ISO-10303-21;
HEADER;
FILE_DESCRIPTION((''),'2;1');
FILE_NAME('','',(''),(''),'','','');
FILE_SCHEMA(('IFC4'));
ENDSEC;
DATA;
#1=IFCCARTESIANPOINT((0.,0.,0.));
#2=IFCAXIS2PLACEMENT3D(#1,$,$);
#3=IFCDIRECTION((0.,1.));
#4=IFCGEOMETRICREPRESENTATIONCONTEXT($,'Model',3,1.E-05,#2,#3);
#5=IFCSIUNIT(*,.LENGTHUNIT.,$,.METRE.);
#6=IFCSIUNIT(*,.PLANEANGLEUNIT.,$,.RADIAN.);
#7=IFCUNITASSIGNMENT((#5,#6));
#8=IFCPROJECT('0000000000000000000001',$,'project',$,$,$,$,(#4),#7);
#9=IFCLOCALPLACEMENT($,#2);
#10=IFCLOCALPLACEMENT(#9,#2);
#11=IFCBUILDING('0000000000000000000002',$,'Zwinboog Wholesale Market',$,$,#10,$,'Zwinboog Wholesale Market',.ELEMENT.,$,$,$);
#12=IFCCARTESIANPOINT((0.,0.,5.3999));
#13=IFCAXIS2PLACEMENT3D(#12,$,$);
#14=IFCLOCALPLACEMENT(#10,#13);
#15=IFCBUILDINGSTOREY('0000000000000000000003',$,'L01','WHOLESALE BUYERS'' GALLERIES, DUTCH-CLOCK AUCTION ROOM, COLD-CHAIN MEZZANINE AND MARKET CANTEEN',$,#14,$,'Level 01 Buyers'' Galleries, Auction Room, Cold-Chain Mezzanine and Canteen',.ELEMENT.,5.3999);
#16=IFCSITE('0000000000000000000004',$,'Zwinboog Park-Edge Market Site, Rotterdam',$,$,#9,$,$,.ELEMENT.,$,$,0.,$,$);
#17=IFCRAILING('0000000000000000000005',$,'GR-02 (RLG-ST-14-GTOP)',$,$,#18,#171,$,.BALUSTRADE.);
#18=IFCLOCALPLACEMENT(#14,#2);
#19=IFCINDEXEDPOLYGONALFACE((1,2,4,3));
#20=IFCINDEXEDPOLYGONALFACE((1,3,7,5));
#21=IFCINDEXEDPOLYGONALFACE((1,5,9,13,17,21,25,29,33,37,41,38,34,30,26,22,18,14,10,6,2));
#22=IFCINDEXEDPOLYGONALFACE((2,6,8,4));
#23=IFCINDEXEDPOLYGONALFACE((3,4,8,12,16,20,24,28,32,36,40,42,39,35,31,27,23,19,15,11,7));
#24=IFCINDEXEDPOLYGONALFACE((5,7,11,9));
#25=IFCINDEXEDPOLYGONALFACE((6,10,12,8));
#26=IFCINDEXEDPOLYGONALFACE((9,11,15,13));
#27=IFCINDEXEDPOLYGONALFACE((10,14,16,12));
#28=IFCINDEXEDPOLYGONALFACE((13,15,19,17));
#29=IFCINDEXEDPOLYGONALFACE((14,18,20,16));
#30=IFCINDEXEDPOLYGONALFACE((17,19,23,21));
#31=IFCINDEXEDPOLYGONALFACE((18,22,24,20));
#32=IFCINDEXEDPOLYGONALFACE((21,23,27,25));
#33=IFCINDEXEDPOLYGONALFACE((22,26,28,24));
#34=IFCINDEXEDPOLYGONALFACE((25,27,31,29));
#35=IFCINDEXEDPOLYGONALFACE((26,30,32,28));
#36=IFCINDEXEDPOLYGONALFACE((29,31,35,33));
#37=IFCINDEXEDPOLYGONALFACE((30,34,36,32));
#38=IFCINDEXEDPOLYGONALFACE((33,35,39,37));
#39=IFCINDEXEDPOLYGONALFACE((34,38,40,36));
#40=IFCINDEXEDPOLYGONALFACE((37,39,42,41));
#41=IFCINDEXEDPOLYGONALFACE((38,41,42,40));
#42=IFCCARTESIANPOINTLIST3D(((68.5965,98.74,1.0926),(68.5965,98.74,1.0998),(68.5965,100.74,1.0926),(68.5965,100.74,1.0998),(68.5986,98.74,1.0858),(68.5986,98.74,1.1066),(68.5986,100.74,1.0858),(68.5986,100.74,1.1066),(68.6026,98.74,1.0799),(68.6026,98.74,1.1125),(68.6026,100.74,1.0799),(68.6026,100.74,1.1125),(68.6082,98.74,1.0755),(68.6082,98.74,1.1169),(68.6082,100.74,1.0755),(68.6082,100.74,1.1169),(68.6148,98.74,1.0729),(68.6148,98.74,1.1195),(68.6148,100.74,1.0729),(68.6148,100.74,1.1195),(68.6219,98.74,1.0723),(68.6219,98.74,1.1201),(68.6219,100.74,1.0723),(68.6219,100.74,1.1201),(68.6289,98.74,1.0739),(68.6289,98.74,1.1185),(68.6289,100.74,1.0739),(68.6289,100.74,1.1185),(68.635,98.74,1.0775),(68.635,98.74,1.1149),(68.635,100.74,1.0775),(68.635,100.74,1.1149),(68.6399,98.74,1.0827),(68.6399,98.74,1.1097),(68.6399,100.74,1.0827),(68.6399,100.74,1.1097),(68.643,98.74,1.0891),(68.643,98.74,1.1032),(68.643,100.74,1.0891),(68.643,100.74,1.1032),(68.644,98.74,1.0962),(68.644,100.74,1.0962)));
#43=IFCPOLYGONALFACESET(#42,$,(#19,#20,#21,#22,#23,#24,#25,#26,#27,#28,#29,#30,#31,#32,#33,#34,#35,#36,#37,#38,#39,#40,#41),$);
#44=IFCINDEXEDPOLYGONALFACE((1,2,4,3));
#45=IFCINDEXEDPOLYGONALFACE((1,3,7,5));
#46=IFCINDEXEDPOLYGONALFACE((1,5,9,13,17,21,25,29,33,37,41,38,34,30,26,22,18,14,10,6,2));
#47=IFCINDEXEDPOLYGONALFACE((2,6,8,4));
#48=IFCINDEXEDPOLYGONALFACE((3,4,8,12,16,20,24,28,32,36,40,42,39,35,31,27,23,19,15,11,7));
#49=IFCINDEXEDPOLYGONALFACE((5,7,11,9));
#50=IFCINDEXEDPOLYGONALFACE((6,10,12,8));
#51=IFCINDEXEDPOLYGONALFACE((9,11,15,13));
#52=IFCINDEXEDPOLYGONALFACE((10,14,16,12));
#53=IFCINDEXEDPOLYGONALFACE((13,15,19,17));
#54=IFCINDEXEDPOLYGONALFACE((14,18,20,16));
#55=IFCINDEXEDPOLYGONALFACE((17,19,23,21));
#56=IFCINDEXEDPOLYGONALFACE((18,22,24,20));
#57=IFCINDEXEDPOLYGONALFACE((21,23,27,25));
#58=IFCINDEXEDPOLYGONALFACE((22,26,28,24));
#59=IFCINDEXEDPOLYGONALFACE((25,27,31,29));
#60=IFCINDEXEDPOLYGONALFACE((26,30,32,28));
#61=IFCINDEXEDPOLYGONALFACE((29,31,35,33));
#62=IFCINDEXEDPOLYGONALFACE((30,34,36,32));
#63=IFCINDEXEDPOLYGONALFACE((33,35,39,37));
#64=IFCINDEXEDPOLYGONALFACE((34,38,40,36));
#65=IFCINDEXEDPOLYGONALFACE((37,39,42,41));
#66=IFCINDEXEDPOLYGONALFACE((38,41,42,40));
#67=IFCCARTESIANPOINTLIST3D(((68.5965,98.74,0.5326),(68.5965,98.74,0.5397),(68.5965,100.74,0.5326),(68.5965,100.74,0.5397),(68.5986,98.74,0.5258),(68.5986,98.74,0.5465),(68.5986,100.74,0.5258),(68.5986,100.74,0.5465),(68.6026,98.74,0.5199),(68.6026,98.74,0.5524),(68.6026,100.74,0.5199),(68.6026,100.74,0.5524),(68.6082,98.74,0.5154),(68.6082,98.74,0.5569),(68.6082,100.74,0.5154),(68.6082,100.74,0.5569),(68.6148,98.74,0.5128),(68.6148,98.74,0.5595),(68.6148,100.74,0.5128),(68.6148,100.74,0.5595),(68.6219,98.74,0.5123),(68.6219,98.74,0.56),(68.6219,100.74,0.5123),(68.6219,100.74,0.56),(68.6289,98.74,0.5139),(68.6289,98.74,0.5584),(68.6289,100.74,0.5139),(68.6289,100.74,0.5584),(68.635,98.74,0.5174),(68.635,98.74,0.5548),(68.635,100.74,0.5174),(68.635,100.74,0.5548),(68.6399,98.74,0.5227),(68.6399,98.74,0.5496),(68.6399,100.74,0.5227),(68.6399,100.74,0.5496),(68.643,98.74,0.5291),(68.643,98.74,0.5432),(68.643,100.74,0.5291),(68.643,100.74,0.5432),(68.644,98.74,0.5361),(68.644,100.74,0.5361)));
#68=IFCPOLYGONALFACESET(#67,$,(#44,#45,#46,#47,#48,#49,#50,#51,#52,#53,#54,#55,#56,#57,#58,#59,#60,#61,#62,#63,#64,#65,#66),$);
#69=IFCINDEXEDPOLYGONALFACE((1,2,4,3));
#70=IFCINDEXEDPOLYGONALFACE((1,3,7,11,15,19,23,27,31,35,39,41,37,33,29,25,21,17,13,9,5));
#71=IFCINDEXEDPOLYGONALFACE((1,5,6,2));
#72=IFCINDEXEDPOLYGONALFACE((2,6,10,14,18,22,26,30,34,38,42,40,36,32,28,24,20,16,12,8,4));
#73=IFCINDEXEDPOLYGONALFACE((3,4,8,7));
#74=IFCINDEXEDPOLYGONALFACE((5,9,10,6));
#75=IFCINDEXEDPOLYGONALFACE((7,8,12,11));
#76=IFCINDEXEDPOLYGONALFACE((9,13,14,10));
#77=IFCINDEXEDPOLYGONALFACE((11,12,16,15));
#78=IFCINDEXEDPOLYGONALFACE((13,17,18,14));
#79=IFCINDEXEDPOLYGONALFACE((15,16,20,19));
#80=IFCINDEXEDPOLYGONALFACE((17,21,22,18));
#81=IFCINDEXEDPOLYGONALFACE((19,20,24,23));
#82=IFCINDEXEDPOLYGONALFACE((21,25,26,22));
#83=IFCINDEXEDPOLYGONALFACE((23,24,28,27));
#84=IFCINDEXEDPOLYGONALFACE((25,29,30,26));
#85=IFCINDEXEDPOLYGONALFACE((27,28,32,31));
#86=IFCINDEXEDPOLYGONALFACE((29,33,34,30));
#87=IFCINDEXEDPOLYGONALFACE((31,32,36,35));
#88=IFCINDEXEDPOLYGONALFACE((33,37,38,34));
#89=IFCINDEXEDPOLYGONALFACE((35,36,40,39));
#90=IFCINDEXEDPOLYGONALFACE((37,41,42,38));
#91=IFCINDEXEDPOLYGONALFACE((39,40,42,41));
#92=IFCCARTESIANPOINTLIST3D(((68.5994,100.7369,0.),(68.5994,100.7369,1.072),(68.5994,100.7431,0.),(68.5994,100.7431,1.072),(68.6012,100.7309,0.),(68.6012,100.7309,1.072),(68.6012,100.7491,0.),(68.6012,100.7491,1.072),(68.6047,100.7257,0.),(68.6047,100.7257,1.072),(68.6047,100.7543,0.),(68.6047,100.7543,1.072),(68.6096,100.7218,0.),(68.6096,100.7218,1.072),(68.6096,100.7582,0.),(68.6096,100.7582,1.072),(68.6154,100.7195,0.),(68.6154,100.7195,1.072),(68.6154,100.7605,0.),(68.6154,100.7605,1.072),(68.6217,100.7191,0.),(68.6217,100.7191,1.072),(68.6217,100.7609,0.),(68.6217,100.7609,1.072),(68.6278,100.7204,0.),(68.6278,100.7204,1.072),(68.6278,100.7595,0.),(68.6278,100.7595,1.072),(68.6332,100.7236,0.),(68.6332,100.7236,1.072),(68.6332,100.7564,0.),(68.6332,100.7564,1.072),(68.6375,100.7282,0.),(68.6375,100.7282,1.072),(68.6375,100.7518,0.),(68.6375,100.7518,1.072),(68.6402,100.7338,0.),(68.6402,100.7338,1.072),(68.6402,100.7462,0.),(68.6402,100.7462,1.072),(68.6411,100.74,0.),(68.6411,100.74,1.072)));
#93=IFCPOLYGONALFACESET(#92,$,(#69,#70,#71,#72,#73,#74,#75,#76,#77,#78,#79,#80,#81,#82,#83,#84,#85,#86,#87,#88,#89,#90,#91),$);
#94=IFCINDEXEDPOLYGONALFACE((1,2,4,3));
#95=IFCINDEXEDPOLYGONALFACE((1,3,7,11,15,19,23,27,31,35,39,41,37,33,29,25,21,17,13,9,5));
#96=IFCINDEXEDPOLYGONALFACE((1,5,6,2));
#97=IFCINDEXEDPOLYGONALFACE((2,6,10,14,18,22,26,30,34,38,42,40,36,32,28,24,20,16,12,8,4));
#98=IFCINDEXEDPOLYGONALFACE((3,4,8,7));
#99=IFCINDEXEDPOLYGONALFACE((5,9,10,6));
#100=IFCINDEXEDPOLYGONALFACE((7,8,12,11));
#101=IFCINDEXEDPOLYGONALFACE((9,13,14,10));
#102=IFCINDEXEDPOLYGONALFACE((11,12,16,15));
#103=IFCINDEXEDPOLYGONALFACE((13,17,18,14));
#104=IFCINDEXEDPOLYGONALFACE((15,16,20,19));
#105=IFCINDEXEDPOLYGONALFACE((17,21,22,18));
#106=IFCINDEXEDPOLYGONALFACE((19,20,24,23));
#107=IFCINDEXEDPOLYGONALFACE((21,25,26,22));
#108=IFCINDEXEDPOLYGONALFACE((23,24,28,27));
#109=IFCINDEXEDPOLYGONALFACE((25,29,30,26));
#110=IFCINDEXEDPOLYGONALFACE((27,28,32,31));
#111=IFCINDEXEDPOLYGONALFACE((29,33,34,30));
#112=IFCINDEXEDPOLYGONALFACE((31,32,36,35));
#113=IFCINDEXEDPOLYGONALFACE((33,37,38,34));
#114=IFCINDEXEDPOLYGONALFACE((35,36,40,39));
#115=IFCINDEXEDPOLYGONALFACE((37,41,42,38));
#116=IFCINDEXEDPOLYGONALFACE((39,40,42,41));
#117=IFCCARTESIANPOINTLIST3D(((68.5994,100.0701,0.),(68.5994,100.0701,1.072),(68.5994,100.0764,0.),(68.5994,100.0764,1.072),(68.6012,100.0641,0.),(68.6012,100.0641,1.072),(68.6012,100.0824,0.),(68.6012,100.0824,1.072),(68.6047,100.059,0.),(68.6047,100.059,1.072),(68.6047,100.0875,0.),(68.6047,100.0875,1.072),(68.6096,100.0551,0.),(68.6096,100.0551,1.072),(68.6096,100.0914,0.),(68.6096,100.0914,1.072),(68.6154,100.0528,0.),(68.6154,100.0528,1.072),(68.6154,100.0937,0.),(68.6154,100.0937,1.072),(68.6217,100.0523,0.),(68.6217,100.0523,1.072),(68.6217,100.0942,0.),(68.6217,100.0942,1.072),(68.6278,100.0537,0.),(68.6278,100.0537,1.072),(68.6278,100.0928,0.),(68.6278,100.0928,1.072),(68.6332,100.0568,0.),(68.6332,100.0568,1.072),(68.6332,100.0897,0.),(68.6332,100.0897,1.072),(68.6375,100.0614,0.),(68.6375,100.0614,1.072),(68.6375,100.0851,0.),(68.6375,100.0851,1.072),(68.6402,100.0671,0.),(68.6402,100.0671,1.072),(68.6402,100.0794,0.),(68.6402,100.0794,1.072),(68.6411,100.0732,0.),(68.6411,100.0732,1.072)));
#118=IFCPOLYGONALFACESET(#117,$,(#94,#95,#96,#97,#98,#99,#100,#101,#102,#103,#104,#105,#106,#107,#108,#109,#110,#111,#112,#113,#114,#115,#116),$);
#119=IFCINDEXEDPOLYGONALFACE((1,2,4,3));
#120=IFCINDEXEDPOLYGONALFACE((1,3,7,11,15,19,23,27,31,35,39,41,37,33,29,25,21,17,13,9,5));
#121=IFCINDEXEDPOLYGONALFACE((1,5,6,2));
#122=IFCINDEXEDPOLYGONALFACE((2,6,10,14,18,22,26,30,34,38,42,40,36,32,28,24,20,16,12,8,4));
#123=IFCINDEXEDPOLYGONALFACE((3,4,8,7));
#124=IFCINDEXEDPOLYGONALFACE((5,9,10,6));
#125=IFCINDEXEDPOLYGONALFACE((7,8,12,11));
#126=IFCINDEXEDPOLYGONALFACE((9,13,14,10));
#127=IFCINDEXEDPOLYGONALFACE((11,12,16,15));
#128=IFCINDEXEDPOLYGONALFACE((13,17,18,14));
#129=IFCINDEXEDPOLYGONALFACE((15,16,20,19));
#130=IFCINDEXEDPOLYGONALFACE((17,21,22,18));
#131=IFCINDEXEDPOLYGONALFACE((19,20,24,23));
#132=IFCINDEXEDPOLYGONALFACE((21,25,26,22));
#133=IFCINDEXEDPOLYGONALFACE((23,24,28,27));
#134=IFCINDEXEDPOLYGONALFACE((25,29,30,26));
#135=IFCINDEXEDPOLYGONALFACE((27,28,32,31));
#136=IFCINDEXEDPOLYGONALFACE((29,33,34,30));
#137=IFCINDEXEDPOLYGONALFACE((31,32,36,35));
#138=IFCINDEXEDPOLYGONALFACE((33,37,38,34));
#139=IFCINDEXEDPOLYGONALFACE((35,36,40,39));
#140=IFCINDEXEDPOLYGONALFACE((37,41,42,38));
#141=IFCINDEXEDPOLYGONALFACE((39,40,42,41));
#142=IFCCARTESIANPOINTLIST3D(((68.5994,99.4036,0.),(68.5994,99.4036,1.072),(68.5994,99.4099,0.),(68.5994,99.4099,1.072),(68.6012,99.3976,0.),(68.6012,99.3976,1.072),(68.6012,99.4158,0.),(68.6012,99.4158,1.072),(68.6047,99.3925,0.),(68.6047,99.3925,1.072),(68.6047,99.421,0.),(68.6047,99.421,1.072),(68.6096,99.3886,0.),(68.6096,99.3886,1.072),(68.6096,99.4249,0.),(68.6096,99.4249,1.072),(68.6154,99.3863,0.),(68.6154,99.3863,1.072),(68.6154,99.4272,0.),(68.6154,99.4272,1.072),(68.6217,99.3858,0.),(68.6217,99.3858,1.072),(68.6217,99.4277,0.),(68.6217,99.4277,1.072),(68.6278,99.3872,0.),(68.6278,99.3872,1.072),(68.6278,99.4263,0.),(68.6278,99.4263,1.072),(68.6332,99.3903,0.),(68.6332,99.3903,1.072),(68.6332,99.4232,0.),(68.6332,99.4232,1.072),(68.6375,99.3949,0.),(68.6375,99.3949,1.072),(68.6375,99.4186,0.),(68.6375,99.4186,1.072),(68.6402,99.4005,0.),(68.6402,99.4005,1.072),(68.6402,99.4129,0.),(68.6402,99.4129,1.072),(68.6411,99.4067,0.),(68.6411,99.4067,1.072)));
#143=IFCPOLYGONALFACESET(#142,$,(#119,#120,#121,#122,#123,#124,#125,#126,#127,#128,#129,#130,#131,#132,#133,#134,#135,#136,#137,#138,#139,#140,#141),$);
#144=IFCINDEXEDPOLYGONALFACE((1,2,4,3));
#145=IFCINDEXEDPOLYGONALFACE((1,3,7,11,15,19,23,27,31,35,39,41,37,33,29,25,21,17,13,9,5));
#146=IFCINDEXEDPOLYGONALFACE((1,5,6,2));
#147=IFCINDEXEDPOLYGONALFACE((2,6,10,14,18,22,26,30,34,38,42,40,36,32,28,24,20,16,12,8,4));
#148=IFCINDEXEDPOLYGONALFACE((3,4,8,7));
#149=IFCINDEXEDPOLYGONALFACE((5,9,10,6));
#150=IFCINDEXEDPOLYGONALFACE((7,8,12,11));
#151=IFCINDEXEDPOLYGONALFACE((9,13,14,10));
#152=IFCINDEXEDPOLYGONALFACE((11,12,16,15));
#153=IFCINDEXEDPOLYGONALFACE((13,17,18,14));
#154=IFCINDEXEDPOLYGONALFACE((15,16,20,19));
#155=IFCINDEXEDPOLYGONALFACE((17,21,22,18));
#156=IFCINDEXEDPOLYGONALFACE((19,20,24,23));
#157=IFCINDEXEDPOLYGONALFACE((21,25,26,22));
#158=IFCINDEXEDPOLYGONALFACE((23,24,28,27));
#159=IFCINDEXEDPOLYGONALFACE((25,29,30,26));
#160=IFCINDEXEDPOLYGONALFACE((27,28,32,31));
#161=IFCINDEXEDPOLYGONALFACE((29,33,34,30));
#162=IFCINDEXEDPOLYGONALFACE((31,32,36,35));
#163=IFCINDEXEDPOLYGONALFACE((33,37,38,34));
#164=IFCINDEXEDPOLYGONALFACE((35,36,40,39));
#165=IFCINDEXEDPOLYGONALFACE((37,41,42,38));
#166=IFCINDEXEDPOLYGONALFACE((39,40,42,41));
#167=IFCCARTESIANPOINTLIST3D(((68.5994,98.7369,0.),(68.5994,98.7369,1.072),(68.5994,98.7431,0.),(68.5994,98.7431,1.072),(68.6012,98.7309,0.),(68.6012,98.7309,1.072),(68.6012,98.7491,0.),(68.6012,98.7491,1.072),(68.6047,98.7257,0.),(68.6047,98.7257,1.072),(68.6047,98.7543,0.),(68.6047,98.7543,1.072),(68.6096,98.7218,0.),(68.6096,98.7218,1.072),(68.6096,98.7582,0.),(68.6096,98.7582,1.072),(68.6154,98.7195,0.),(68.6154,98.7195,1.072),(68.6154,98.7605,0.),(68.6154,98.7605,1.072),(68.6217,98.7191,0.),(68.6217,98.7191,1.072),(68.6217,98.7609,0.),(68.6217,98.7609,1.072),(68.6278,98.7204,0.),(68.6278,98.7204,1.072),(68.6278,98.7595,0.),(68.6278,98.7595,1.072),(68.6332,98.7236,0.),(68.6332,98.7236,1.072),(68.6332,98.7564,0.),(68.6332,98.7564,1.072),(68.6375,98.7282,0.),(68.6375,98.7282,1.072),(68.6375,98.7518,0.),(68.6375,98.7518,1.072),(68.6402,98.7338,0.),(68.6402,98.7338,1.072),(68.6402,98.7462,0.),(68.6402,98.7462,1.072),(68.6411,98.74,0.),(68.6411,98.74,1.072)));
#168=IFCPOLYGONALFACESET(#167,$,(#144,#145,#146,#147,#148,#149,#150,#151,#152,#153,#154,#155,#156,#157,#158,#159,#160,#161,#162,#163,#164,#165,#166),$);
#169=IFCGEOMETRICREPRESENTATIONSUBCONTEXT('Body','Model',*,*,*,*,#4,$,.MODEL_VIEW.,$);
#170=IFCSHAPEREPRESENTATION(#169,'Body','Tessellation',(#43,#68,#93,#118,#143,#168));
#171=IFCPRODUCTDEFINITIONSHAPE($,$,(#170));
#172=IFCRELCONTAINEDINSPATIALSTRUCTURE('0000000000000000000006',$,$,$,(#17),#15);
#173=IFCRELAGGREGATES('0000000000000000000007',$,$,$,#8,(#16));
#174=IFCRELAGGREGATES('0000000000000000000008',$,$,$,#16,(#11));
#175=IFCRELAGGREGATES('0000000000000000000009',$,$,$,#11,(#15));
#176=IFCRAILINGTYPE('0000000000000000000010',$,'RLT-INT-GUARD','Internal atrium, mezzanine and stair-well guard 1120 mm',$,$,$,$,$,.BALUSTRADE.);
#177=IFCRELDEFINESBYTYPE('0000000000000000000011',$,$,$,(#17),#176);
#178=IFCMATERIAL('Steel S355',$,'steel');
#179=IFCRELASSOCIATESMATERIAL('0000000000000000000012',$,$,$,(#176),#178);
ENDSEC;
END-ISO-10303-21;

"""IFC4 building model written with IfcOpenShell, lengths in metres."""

from ifc_helpers import new_model, si_unit, direction, frame, origin, origin_2d, place, context, subcontext, project, spatial, circle, extrude, material, type_object, element, save


model = new_model("IFC4")

# Units and contexts
model_context = context("Model", 3, precision=1e-05, world=origin(), true_north=direction((0.0, 1.0)))
body_context = subcontext(model_context, "Body", "Model", "MODEL_VIEW")
ifc_project = project(units=[si_unit("LENGTHUNIT", "METRE"), si_unit("PLANEANGLEUNIT", "RADIAN")], contexts=[model_context])

# Site, building, storey
site_placement = place(None, origin())
site = spatial("IfcSite", under=ifc_project, at=site_placement, Name="Zwinboog Park-Edge Market Site, Rotterdam", CompositionType="ELEMENT", RefElevation=0.0)
building_placement = place(site_placement, origin())
building = spatial("IfcBuilding", under=site, at=building_placement, Name="Zwinboog Wholesale Market", LongName="Zwinboog Wholesale Market", CompositionType="ELEMENT")
storey_placement = place(building_placement, frame((0.0, 0.0, 5.3999)))
storey = spatial("IfcBuildingStorey", under=building, at=storey_placement, Name="L01", Description="WHOLESALE BUYERS' GALLERIES, DUTCH-CLOCK AUCTION ROOM, COLD-CHAIN MEZZANINE AND MARKET CANTEEN", LongName="Level 01 Buyers' Galleries, Auction Room, Cold-Chain Mezzanine and Canteen", CompositionType="ELEMENT", Elevation=5.3999)

# Shared definitions
ifc_material_1 = material(Name="Steel S355", Category="steel")

# Railing
railing_type = type_object("IfcRailingType", Name="RLT-INT-GUARD", Description="Internal atrium, mezzanine and stair-well guard 1120 mm", PredefinedType="BALUSTRADE", material=ifc_material_1)
railing_placement = place(storey_placement, frame((68.6201, 100.74, 0.0)))
element("IfcRailing", 1, at=railing_placement, inside=storey, type_object=railing_type, Name="GR-02 (RLG-ST-14-GTOP)", PredefinedType="BALUSTRADE", context=body_context, shape_type="SweptSolid", body=[
    extrude(circle(Radius=0.0239, at=origin_2d()), frame((0.0, 0.0, 1.0962), z_axis=(0.0, -1.0, 0.0), x_axis=(1.0, 0.0, 0.0)), (0.0, 0.0, 1.0), 2.0),
    extrude(circle(Radius=0.0239, at=origin_2d()), frame((0.0, 0.0, 0.5361), z_axis=(0.0, -1.0, 0.0), x_axis=(1.0, 0.0, 0.0)), (0.0, 0.0, 1.0), 2.0),
    extrude(circle(Radius=0.021, at=origin_2d()), origin(), (0.0, 0.0, 1.0), 1.072),
    extrude(circle(Radius=0.021, at=origin_2d()), frame((0.0, -0.6667, 0.0)), (0.0, 0.0, 1.0), 1.072),
    extrude(circle(Radius=0.021, at=origin_2d()), frame((0.0, -1.3333, 0.0)), (0.0, 0.0, 1.0), 1.072),
    extrude(circle(Radius=0.021, at=origin_2d()), frame((0.0, -2.0, 0.0)), (0.0, 0.0, 1.0), 1.072),
])

save(model, "model.ifc")
